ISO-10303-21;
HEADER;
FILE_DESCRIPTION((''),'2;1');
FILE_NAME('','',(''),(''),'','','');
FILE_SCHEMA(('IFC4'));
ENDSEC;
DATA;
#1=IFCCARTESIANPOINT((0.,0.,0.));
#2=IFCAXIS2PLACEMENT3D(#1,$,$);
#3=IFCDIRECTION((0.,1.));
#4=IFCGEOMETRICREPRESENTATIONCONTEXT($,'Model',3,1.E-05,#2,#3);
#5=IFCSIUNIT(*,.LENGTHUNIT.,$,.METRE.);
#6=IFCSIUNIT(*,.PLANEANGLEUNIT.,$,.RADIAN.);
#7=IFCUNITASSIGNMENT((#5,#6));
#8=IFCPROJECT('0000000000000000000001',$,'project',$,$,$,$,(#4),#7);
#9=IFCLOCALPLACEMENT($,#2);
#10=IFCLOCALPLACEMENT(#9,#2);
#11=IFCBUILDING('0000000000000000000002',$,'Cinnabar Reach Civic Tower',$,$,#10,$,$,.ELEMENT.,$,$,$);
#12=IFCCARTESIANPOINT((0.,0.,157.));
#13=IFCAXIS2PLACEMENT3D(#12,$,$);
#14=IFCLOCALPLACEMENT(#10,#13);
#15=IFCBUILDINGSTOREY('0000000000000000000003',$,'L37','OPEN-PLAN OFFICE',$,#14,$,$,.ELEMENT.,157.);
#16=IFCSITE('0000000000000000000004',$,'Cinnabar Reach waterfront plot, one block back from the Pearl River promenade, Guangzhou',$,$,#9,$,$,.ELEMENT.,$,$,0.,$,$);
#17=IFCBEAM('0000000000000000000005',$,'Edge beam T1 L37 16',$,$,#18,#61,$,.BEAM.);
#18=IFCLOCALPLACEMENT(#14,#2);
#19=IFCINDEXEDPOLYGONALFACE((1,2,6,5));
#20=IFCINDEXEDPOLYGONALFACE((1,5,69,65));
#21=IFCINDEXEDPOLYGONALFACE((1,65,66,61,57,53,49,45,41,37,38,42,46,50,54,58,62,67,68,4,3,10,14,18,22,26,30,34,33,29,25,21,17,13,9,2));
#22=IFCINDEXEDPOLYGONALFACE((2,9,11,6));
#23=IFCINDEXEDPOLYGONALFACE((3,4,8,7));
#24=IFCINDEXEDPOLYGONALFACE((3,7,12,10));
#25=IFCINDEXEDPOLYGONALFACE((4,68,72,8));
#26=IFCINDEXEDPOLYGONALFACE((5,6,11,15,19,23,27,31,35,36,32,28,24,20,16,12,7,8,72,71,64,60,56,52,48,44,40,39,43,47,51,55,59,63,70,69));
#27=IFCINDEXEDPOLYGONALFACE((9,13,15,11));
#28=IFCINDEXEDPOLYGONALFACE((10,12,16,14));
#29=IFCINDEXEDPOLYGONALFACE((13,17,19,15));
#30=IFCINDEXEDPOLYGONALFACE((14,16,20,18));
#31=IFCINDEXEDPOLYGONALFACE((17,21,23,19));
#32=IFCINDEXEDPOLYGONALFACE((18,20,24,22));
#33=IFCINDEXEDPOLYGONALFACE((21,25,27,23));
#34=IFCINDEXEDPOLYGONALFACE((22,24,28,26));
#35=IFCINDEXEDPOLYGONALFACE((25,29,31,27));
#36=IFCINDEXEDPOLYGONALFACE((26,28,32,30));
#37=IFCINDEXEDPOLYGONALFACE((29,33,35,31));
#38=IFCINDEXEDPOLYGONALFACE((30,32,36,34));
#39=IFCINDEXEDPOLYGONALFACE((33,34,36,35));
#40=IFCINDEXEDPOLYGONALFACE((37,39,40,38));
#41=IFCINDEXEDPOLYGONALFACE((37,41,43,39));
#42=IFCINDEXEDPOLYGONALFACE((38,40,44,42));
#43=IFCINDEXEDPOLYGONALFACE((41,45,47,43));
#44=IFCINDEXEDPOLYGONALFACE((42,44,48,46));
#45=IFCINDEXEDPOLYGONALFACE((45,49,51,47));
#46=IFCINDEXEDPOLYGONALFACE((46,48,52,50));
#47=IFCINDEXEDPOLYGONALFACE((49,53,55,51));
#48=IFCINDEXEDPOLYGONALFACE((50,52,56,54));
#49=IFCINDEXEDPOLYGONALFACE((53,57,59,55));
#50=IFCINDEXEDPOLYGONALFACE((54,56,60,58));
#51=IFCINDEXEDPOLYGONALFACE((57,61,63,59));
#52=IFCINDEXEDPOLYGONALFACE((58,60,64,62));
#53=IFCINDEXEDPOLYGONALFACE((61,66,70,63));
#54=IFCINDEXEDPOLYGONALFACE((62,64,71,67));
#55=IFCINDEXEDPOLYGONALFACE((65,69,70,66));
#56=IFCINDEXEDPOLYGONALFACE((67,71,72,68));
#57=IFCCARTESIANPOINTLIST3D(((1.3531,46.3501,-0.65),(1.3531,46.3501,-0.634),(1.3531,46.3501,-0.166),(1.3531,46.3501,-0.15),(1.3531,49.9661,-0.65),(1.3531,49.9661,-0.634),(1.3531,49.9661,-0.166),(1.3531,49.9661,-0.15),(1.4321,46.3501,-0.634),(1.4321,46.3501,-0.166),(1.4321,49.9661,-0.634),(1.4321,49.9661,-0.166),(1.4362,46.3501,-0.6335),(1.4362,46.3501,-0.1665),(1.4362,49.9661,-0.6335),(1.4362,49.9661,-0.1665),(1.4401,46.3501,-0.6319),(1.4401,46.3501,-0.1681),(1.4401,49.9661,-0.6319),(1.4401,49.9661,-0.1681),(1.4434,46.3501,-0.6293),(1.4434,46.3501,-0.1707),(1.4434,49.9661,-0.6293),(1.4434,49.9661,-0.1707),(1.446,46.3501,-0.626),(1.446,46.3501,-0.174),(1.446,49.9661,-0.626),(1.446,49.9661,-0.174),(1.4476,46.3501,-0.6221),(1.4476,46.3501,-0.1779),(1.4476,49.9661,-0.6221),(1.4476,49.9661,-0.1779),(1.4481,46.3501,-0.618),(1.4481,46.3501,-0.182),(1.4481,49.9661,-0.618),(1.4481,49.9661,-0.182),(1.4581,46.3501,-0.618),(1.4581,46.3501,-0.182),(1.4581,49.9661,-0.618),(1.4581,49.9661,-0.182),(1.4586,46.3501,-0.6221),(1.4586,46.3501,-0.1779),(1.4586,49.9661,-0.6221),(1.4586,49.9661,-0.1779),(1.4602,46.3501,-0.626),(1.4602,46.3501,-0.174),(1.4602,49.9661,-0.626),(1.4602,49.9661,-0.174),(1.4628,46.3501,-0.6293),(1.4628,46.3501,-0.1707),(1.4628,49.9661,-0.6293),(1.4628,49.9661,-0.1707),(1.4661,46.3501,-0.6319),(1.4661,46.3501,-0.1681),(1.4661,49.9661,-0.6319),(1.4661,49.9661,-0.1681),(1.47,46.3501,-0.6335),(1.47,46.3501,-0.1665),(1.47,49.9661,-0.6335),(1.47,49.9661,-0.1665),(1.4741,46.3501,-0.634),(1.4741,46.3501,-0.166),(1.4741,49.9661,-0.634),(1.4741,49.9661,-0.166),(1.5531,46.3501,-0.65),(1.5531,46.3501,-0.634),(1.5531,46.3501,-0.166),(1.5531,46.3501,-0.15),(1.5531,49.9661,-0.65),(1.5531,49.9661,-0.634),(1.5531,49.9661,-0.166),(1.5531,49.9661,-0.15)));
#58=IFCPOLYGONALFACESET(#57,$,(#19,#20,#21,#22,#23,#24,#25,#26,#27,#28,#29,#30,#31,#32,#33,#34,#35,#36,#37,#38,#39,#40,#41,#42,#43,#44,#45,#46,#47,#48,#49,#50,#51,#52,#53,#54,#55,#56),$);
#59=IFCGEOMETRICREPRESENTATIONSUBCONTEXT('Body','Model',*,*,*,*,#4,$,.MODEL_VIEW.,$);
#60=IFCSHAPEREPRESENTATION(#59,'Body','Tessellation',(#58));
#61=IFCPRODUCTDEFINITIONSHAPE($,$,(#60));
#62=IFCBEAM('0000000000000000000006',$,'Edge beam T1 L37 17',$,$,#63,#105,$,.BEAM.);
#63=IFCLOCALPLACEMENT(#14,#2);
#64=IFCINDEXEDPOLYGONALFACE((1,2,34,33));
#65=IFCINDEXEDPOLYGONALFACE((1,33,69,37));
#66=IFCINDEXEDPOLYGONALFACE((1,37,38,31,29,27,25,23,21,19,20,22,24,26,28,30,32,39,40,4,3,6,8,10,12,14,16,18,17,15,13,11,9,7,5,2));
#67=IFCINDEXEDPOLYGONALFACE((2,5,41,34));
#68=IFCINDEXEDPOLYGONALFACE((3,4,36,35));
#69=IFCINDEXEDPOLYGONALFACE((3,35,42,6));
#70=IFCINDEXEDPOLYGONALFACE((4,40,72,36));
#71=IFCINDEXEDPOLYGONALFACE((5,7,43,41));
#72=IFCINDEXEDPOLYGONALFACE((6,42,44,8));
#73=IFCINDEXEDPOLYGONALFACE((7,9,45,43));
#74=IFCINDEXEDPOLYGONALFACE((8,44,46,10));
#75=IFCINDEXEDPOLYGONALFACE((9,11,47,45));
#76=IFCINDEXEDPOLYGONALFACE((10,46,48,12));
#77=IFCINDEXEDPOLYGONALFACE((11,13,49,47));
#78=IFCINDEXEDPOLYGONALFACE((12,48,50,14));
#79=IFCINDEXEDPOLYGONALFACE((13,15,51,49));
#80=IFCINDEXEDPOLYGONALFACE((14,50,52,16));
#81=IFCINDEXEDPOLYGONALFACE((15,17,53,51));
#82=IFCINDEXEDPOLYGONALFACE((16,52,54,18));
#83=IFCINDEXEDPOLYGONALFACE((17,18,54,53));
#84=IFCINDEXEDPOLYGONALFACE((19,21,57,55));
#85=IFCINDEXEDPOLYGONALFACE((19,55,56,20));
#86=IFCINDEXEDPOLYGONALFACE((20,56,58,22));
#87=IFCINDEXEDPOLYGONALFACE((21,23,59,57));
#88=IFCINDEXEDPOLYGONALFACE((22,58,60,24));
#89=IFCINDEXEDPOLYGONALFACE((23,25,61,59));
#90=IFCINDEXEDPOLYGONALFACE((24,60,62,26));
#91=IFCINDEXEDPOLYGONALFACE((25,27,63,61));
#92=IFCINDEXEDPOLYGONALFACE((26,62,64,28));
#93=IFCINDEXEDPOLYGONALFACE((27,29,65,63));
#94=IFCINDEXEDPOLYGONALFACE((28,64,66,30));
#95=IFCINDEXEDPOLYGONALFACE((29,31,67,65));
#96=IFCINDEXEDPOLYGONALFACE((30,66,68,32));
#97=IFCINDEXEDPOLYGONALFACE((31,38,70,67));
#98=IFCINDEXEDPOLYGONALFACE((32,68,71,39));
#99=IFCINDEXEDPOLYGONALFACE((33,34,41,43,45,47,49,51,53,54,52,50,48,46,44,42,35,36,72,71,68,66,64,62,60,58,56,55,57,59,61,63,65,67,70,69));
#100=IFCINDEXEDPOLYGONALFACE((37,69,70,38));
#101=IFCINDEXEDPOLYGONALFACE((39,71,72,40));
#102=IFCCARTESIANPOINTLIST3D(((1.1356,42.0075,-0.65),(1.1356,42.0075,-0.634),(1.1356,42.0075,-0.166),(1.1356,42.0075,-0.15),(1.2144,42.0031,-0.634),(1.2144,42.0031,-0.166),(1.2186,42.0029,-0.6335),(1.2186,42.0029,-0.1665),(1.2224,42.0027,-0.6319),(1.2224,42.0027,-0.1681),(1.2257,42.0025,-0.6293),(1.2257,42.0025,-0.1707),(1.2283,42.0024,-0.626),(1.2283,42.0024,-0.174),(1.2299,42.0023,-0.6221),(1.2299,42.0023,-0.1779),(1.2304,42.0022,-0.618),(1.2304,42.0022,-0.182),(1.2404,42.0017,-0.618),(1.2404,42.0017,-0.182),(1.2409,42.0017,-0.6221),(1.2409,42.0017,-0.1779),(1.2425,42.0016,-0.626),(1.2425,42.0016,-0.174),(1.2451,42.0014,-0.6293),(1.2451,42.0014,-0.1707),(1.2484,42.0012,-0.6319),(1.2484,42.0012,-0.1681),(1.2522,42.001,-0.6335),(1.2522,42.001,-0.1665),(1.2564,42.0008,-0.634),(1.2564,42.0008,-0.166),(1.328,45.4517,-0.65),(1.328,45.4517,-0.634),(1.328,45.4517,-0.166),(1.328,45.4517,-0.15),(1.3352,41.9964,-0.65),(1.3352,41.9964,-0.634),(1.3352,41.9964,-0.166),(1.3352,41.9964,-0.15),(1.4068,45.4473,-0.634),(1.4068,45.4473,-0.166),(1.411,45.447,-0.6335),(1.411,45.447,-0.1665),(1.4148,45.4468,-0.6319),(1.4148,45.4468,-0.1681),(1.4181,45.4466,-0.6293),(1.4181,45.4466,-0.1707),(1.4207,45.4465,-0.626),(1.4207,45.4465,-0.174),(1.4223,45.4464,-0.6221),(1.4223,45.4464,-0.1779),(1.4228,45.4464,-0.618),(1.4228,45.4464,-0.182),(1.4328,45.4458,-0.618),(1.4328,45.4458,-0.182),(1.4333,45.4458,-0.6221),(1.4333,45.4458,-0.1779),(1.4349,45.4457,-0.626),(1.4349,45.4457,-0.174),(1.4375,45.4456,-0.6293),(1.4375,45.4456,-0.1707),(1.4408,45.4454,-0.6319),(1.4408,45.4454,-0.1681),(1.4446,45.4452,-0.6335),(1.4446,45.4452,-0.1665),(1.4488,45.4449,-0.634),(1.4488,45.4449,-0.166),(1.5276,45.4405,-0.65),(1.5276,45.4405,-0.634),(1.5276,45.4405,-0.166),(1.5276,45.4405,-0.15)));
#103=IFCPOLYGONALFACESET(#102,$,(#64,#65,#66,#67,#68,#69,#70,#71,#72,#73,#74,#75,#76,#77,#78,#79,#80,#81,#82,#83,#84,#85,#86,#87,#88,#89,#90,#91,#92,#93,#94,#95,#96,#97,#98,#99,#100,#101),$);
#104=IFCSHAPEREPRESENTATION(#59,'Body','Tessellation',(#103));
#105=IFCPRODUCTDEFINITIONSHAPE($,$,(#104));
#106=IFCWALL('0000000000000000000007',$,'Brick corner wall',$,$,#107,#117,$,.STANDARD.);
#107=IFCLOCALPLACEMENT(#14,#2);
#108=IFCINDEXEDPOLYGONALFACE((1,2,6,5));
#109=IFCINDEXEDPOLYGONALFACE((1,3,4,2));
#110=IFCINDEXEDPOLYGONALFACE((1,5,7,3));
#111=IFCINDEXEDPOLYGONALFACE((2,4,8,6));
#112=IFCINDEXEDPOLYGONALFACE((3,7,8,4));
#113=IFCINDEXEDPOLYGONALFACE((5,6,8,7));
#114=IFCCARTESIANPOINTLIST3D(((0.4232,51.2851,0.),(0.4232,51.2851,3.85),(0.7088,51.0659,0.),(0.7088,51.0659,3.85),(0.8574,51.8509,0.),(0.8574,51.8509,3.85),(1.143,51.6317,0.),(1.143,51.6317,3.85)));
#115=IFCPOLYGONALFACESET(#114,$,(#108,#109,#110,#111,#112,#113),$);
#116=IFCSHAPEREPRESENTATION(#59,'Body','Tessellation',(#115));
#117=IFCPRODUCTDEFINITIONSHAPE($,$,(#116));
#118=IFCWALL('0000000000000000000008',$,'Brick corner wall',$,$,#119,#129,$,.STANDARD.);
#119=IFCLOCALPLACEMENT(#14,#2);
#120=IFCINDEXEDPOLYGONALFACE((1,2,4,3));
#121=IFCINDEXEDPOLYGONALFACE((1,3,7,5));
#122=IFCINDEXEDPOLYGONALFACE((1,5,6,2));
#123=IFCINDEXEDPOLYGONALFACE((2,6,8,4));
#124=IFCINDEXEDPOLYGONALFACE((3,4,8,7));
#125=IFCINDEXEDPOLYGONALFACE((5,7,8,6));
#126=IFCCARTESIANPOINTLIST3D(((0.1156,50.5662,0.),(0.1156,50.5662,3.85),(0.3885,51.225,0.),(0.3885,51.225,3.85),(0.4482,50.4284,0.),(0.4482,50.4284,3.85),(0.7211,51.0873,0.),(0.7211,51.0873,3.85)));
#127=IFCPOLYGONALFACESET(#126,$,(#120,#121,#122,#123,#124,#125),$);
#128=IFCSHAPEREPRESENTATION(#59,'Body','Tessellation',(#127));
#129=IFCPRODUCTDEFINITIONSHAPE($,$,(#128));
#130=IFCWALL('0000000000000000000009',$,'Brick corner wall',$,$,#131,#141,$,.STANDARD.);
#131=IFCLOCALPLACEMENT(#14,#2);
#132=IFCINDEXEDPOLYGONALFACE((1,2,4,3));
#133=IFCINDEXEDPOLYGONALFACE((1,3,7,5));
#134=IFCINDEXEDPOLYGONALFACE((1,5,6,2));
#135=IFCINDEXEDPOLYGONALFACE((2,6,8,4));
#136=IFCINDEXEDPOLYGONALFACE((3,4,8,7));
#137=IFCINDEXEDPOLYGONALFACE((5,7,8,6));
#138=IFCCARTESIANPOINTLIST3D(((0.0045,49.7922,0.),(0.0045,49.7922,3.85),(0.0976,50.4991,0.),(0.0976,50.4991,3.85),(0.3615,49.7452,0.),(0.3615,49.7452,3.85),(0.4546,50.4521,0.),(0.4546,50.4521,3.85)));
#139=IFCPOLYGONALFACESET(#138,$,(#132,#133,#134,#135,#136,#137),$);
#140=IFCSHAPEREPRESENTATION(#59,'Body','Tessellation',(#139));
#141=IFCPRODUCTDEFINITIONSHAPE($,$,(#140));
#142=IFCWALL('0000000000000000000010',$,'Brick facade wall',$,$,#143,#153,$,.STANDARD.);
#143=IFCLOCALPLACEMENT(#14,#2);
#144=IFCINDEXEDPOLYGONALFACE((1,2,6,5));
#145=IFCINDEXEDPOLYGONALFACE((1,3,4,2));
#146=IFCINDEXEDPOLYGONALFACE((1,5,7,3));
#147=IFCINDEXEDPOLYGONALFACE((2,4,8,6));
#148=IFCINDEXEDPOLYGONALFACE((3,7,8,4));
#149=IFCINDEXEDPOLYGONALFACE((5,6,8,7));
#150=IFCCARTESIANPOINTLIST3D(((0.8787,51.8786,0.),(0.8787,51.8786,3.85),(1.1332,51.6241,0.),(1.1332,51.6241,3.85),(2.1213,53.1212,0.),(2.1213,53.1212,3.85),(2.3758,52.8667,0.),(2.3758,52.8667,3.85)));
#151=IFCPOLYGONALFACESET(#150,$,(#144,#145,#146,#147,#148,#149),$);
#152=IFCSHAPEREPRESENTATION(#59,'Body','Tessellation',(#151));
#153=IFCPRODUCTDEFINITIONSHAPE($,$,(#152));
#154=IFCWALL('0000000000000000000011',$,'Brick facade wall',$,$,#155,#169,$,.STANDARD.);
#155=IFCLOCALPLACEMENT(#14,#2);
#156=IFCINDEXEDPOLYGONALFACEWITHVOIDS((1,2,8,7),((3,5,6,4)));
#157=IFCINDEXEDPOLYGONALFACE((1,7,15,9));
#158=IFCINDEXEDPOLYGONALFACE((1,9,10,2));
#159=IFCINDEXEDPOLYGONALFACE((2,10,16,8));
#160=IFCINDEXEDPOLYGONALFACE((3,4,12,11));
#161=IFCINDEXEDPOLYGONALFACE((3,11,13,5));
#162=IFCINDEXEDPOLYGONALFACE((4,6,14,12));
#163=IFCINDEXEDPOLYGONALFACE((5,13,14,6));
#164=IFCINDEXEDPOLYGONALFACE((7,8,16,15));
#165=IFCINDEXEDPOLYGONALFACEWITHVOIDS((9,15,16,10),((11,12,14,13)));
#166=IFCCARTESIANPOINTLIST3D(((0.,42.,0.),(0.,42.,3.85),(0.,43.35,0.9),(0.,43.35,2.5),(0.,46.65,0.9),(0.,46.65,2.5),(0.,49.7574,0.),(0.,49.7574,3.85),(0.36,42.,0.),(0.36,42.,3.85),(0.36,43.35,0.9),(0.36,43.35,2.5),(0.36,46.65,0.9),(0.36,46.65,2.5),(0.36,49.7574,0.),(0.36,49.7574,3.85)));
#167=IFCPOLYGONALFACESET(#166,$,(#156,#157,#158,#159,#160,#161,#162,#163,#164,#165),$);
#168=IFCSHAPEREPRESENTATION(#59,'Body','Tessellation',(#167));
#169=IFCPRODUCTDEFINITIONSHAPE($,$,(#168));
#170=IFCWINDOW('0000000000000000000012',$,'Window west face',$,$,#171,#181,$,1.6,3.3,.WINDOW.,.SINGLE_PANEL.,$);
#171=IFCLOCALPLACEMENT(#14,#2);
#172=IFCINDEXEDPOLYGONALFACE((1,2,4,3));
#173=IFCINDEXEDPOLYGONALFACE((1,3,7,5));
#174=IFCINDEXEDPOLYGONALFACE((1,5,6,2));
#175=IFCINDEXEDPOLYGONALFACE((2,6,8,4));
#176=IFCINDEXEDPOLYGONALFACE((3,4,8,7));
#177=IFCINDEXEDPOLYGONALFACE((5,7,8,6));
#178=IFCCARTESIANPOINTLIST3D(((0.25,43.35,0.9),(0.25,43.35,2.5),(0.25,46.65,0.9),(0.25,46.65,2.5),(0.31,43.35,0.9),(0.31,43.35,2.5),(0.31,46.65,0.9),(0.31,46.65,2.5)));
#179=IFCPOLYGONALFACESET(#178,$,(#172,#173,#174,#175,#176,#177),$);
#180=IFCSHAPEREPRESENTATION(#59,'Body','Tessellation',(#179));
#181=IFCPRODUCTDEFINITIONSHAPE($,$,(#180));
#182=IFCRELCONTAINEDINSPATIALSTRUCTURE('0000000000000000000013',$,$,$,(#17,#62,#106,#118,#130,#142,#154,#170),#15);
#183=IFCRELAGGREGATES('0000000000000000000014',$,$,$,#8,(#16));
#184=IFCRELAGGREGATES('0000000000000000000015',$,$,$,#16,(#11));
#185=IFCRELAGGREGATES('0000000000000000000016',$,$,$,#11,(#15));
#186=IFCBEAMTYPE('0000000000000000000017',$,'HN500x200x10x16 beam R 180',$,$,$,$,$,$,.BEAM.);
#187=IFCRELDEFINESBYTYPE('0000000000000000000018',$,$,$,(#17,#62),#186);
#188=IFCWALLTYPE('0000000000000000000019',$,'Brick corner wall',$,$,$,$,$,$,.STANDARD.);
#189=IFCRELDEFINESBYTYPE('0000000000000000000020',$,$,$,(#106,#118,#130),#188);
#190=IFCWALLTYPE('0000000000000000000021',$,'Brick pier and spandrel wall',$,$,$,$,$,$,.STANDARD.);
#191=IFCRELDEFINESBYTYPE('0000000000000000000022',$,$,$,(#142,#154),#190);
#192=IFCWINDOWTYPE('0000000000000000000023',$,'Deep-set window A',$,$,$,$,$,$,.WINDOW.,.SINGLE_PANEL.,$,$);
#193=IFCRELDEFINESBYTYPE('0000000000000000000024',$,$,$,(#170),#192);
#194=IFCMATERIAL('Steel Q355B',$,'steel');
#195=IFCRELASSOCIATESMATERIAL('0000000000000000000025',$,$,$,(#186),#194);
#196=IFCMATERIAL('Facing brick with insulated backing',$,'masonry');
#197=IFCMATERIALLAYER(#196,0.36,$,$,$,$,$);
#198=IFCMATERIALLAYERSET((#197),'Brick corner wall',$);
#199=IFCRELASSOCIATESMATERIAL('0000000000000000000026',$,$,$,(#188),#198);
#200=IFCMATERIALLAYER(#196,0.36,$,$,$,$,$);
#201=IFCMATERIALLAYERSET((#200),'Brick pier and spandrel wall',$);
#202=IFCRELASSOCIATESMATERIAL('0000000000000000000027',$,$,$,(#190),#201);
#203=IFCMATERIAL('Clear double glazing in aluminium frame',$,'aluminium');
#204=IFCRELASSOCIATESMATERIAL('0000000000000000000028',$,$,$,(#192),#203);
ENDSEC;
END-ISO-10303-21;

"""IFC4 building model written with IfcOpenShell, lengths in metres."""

from ifc_helpers import new_model, si_unit, direction, frame, frame_2d, origin, origin_2d, place, context, subcontext, project, spatial, rectangle, i_section, extrude, material, layer, layer_set, material_profile, profile_set, type_object, element, fill, save


model = new_model("IFC4")

# Units and contexts
model_context = context("Model", 3, precision=1e-05, world=origin(), true_north=direction((0.0, 1.0)))
body_context = subcontext(model_context, "Body", "Model", "MODEL_VIEW")
ifc_project = project(units=[si_unit("LENGTHUNIT", "METRE"), si_unit("PLANEANGLEUNIT", "RADIAN")], contexts=[model_context])

# Site, building, storey
site_placement = place(None, origin())
site = spatial("IfcSite", under=ifc_project, at=site_placement, Name="Cinnabar Reach waterfront plot, one block back from the Pearl River promenade, Guangzhou", CompositionType="ELEMENT", RefElevation=0.0)
building_placement = place(site_placement, origin())
building = spatial("IfcBuilding", under=site, at=building_placement, Name="Cinnabar Reach Civic Tower", CompositionType="ELEMENT")
storey_placement = place(building_placement, frame((0.0, 0.0, 157.0)))
storey = spatial("IfcBuildingStorey", under=building, at=storey_placement, Name="L37", Description="OPEN-PLAN OFFICE", CompositionType="ELEMENT", Elevation=157.0)

# Beams
ifc_material_1 = material(Name="Steel Q355B", Category="steel")
ifc_material_profile_1 = material_profile(ifc_material_1, i_section(OverallWidth=0.2, OverallDepth=0.5, WebThickness=0.01, FlangeThickness=0.016, FilletRadius=0.016, at=origin_2d()), Name="HN500x200x10x16")
ifc_profile_set_1 = profile_set([ifc_material_profile_1], Name="Steel Q355B")
beam_type_1 = type_object("IfcBeamType", Name="HN500x200x10x16 beam R 180", PredefinedType="BEAM", material=ifc_profile_set_1)
beam_1_placement = place(storey_placement, frame((1.4531, 49.9661, -0.4), z_axis=(0.0, -1.0, 0.0), x_axis=(1.0, 0.0, 0.0)))
element("IfcBeam", 1, at=beam_1_placement, inside=storey, type_object=beam_type_1, Name="Edge beam T1 L37 16", PredefinedType="BEAM", context=body_context, shape_type="SweptSolid", body=[
    extrude(i_section(OverallWidth=0.2, OverallDepth=0.5, WebThickness=0.01, FlangeThickness=0.016, FilletRadius=0.016, at=origin_2d()), origin(), (0.0, 0.0, 1.0), 3.616),
])
beam_2_placement = place(storey_placement, frame((1.4278, 45.4461, -0.4), z_axis=(-0.055777, -0.998443, 0.0), x_axis=(0.998443, -0.055777, 0.0)))
element("IfcBeam", 2, at=beam_2_placement, inside=storey, type_object=beam_type_1, Name="Edge beam T1 L37 17", PredefinedType="BEAM", context=body_context, shape_type="SweptSolid", body=[
    extrude(i_section(OverallWidth=0.2, OverallDepth=0.5, WebThickness=0.01, FlangeThickness=0.016, FilletRadius=0.016, at=origin_2d()), origin(), (0.0, 0.0, 1.0), 3.4495),
])

# Walls
ifc_material_2 = material(Name="Facing brick with insulated backing", Category="masonry")
ifc_layer_1 = layer(ifc_material_2, 0.36)
ifc_layer_set_1 = layer_set([ifc_layer_1], Name="Brick corner wall")
wall_type_1 = type_object("IfcWallType", Name="Brick corner wall", PredefinedType="STANDARD", material=ifc_layer_set_1)
wall_1_placement = place(storey_placement, frame((1.0002, 51.7413, 0.0), z_axis=(0.0, 0.0, 1.0), x_axis=(-0.608802, -0.793322, 0.0)))
element("IfcWall", 3, at=wall_1_placement, inside=storey, type_object=wall_type_1, Name="Brick corner wall", PredefinedType="STANDARD", context=body_context, shape_type="SweptSolid", body=[
    extrude(rectangle(XDim=0.7132, YDim=0.36, at=frame_2d((0.3566, 0.0))), origin(), (0.0, 0.0, 1.0), 3.85),
])
for number, where, z_axis, x_axis, name in (
    (4, (0.5548, 51.1561, 0.0), (0.0, 0.0, 1.0), (-0.382703, -0.923872, 0.0), "Brick corner wall"),
    (5, (0.2761, 50.4756, 0.0), (0.0, 0.0, 1.0), (-0.130556, -0.991441, 0.0), "Brick corner wall"),
):
    element("IfcWall", number, at=place(storey_placement, frame(where, z_axis=z_axis, x_axis=x_axis)), inside=storey, type_object=wall_type_1, Name=name, PredefinedType="STANDARD", context=body_context, shape_type="SweptSolid", body=[
        extrude(rectangle(XDim=0.7131, YDim=0.36, at=frame_2d((0.3565, 0.0))), origin(), (0.0, 0.0, 1.0), 3.85),
    ])
ifc_layer_2 = layer(ifc_material_2, 0.36)
ifc_layer_set_2 = layer_set([ifc_layer_2], Name="Brick pier and spandrel wall")
wall_type_2 = type_object("IfcWallType", Name="Brick pier and spandrel wall", PredefinedType="STANDARD", material=ifc_layer_set_2)
wall_2_placement = place(storey_placement, frame((2.2486, 52.994, 0.0), z_axis=(0.0, 0.0, 1.0), x_axis=(-0.707107, -0.707107, 0.0)))
element("IfcWall", 6, at=wall_2_placement, inside=storey, type_object=wall_type_2, Name="Brick facade wall", PredefinedType="STANDARD", context=body_context, shape_type="SweptSolid", body=[
    extrude(rectangle(XDim=1.7573, YDim=0.36, at=frame_2d((0.8787, 0.0))), origin(), (0.0, 0.0, 1.0), 3.85),
])

# Wall, opening, window
wall_3_placement = place(storey_placement, frame((0.18, 49.7574, 0.0), z_axis=(0.0, 0.0, 1.0), x_axis=(0.0, -1.0, 0.0)))
wall_3 = element("IfcWall", 7, at=wall_3_placement, inside=storey, type_object=wall_type_2, Name="Brick facade wall", PredefinedType="STANDARD", context=body_context, shape_type="SweptSolid", body=[
    extrude(rectangle(XDim=7.7574, YDim=0.36, at=frame_2d((3.8787, 0.0))), origin(), (0.0, 0.0, 1.0), 3.85),
])
opening_1_placement = place(wall_3_placement, frame((3.1074, 0.0, 0.9)))
opening_1 = element("IfcOpeningElement", 8, at=opening_1_placement, cuts=wall_3, PredefinedType="OPENING", context=body_context, shape_type="SweptSolid", body=[
    extrude(rectangle(XDim=3.3, YDim=1.6, at=frame_2d((1.65, 0.8))), frame((0.0, 0.19, 0.0), z_axis=(0.0, -1.0, 0.0), x_axis=(1.0, 0.0, 0.0)), (0.0, 0.0, 1.0), 0.38),
])
ifc_material_3 = material(Name="Clear double glazing in aluminium frame", Category="aluminium")
window_type = type_object("IfcWindowType", Name="Deep-set window A", PartitioningType="SINGLE_PANEL", PredefinedType="WINDOW", material=ifc_material_3)
window_placement = place(opening_1_placement, origin())
window = element("IfcWindow", 9, at=window_placement, inside=storey, type_object=window_type, Name="Window west face", OverallHeight=1.6, OverallWidth=3.3, PartitioningType="SINGLE_PANEL", PredefinedType="WINDOW", context=body_context, shape_type="SweptSolid", body=[
    extrude(rectangle(XDim=3.3, YDim=1.6, at=frame_2d((1.65, 0.8))), frame((0.0, 0.13, 0.0), z_axis=(0.0, -1.0, 0.0), x_axis=(1.0, 0.0, 0.0)), (0.0, 0.0, 1.0), 0.06),
])
fill(opening_1, window)

save(model, "model.ifc")
